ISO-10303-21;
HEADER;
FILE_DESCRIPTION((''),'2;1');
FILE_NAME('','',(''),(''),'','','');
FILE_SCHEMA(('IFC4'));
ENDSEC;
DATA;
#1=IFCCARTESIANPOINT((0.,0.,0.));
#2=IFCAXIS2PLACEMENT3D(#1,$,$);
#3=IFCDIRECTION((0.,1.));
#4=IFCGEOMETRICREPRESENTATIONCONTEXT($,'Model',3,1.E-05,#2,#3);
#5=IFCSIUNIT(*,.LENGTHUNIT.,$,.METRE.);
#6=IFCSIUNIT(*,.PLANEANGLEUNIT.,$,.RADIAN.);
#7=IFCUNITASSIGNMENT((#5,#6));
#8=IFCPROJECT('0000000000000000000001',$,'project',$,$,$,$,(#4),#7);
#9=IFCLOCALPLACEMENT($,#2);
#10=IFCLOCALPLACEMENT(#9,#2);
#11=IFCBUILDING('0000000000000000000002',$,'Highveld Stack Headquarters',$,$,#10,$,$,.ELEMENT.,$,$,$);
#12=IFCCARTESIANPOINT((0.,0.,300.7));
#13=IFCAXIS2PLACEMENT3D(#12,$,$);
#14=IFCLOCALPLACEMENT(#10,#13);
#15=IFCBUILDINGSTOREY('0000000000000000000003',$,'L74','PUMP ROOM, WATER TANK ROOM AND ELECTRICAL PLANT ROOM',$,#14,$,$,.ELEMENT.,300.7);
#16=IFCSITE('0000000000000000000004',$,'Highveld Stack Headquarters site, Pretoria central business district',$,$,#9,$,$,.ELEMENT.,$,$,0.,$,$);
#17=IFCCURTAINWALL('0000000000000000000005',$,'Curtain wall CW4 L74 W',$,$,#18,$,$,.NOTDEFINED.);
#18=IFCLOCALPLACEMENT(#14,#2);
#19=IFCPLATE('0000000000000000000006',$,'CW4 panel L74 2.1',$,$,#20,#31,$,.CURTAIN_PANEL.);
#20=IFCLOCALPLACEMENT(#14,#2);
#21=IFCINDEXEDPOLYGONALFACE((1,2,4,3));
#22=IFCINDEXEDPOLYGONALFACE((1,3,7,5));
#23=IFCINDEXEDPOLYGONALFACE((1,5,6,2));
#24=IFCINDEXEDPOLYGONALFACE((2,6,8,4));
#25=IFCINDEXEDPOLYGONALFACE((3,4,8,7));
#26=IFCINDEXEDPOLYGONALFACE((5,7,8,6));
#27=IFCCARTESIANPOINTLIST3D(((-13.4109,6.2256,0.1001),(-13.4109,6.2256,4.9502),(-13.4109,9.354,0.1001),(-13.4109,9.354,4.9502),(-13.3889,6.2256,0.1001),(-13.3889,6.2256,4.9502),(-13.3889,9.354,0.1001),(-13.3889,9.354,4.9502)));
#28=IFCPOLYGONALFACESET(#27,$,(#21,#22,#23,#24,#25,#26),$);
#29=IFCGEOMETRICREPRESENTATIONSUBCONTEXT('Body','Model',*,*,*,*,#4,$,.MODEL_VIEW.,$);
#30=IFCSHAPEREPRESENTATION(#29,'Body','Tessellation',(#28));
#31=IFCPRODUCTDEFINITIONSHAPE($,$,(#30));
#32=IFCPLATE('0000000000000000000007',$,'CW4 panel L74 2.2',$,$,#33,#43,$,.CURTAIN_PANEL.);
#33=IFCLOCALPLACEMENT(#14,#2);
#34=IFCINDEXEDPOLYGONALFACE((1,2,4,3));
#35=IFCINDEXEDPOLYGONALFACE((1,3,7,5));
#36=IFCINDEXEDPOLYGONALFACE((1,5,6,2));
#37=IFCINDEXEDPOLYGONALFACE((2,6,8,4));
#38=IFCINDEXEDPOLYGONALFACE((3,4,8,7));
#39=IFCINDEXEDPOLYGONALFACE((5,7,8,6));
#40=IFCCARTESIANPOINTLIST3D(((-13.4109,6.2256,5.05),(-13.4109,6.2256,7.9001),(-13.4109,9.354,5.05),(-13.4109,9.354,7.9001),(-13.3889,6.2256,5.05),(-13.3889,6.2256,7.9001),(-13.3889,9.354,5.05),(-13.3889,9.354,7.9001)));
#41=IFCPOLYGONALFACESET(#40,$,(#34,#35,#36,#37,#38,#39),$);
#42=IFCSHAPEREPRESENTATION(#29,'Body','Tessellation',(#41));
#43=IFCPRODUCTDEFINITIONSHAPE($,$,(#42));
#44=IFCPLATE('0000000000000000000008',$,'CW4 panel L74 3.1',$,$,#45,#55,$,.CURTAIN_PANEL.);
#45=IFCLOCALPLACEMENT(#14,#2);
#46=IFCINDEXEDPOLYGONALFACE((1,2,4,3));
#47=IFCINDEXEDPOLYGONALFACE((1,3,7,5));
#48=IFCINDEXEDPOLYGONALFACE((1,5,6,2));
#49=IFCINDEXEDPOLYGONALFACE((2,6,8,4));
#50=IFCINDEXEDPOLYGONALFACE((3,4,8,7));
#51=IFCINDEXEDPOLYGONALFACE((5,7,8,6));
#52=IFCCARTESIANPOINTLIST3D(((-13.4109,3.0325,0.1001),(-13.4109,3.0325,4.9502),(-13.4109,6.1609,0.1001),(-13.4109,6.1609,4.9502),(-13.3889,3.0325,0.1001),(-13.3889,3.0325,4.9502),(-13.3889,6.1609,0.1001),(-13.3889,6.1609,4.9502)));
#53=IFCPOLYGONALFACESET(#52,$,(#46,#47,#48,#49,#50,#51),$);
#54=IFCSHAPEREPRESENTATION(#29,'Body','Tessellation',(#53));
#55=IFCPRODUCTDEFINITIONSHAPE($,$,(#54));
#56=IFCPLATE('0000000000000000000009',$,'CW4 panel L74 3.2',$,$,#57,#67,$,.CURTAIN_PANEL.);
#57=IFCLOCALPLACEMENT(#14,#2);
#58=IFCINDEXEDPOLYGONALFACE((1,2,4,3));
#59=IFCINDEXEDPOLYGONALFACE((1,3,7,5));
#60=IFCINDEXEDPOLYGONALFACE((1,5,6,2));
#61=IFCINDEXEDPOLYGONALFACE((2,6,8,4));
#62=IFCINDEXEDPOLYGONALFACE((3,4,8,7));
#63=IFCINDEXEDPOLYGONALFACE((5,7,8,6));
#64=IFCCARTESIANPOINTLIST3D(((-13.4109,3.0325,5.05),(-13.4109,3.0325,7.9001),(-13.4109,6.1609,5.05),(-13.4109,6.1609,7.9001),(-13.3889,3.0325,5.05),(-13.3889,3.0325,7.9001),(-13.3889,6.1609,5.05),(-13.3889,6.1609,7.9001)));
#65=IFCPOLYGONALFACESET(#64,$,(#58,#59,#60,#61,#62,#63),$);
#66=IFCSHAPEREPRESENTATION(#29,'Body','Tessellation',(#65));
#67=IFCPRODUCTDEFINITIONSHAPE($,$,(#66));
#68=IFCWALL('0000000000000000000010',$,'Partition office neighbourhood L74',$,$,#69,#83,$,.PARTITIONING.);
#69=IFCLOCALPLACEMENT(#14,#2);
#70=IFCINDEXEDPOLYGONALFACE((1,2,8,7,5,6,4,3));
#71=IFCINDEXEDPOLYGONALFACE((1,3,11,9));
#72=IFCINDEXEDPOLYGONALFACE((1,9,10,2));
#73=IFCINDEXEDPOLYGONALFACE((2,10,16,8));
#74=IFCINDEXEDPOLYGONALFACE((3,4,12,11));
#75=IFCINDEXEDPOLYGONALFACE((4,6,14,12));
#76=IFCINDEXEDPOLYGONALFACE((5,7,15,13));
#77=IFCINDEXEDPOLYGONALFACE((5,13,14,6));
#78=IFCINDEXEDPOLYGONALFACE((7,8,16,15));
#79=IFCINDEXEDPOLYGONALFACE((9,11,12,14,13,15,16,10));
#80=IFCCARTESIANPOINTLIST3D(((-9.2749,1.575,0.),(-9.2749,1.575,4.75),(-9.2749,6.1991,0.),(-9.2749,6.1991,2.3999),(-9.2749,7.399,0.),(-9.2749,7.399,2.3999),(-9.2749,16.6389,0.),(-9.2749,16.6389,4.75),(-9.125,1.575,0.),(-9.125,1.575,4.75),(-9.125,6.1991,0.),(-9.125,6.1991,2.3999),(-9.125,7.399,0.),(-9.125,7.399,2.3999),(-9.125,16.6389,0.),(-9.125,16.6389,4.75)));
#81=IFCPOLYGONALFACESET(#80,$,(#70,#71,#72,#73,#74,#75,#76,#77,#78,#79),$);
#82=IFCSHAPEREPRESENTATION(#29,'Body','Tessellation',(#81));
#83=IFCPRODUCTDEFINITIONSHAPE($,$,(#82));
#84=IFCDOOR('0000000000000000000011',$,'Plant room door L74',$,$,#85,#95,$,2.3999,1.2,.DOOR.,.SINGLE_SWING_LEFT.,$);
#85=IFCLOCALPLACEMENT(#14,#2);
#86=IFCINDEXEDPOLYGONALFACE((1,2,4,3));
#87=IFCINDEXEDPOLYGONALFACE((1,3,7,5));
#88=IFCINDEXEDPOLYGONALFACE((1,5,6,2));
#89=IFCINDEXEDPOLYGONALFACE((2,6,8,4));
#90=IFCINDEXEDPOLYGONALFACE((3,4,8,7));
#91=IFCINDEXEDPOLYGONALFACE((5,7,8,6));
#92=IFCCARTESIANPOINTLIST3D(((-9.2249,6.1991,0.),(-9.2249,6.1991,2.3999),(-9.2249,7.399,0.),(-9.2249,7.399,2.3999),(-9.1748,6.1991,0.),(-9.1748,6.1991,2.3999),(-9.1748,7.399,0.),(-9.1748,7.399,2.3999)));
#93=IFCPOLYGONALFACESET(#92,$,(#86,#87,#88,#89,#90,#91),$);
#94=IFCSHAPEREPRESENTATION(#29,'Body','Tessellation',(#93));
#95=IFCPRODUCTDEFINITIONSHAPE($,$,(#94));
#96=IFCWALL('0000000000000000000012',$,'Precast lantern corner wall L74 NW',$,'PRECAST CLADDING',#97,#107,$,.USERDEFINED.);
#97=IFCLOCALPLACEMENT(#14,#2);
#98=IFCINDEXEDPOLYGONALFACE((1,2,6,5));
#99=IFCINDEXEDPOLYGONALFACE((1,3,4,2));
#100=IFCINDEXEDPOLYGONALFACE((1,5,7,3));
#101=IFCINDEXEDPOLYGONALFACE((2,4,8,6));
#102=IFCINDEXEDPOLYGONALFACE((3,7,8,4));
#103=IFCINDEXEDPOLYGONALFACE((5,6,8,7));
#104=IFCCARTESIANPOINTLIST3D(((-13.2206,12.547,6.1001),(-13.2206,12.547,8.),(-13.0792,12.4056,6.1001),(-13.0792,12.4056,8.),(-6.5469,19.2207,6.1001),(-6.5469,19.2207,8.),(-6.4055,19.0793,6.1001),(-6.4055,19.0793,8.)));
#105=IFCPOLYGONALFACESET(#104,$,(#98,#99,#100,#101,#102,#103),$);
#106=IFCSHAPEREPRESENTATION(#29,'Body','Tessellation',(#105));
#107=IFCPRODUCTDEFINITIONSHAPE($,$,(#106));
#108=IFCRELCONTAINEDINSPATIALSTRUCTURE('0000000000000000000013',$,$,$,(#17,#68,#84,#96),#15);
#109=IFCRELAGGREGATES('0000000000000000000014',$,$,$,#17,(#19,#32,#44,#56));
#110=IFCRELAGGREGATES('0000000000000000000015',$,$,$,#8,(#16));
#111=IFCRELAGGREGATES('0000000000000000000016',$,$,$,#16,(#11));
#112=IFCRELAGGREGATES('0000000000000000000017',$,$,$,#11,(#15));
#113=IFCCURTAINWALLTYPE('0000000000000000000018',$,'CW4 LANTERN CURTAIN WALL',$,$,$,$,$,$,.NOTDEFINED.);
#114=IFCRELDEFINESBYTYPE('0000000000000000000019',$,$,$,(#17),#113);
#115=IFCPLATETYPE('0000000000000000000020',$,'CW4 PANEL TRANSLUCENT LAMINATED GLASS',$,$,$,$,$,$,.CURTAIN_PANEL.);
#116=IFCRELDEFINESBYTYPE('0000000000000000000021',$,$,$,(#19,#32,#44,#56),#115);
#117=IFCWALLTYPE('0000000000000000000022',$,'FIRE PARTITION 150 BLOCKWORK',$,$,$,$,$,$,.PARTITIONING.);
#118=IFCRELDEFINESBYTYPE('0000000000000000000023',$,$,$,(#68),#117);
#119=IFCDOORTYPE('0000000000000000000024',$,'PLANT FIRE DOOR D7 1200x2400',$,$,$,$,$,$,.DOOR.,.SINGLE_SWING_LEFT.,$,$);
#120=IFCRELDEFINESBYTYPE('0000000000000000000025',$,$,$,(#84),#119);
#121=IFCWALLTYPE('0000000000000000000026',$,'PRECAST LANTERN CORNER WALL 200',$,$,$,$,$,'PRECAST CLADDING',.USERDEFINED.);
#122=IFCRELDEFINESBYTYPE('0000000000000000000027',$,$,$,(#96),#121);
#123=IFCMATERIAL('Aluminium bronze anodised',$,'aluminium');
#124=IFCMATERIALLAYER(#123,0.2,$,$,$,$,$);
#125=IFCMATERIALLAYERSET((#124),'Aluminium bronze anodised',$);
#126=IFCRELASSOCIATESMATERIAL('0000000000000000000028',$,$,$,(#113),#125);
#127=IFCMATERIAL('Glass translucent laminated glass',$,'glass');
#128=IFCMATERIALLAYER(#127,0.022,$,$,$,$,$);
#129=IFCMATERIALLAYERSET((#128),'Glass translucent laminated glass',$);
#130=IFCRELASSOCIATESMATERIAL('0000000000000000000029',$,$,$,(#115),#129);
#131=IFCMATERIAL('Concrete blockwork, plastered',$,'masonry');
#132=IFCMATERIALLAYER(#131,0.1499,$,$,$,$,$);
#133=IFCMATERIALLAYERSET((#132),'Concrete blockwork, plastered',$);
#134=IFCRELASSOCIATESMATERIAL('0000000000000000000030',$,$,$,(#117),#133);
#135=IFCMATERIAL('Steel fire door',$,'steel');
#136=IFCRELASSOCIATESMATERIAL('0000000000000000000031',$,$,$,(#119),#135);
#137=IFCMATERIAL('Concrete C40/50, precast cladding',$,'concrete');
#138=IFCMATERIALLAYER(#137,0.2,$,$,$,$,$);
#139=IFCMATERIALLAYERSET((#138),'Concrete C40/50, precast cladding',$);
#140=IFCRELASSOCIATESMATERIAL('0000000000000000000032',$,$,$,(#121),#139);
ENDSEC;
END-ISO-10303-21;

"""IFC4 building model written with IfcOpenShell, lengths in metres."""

from ifc_helpers import new_model, si_unit, direction, frame, frame_2d, origin, origin_2d, place, context, subcontext, project, spatial, rectangle, extrude, material, layer, layer_set, type_object, element, fill, aggregate, save


model = new_model("IFC4")

# Units and contexts
model_context = context("Model", 3, precision=1e-05, world=origin(), true_north=direction((0.0, 1.0)))
body_context = subcontext(model_context, "Body", "Model", "MODEL_VIEW")
ifc_project = project(units=[si_unit("LENGTHUNIT", "METRE"), si_unit("PLANEANGLEUNIT", "RADIAN")], contexts=[model_context])

# Site, building, storey
site_placement = place(None, origin())
site = spatial("IfcSite", under=ifc_project, at=site_placement, Name="Highveld Stack Headquarters site, Pretoria central business district", CompositionType="ELEMENT", RefElevation=0.0)
building_placement = place(site_placement, origin())
building = spatial("IfcBuilding", under=site, at=building_placement, Name="Highveld Stack Headquarters", CompositionType="ELEMENT")
storey_placement = place(building_placement, frame((0.0, 0.0, 300.7)))
storey = spatial("IfcBuildingStorey", under=building, at=storey_placement, Name="L74", Description="PUMP ROOM, WATER TANK ROOM AND ELECTRICAL PLANT ROOM", CompositionType="ELEMENT", Elevation=300.7)

# Curtain wall
ifc_material_1 = material(Name="Aluminium bronze anodised", Category="aluminium")
ifc_layer_1 = layer(ifc_material_1, 0.2)
ifc_layer_set_1 = layer_set([ifc_layer_1], Name="Aluminium bronze anodised")
curtain_wall_type = type_object("IfcCurtainWallType", Name="CW4 LANTERN CURTAIN WALL", PredefinedType="NOTDEFINED", material=ifc_layer_set_1)
curtain_wall_1_placement = place(storey_placement, origin())
curtain_wall_1 = element("IfcCurtainWall", 1, at=curtain_wall_1_placement, inside=storey, type_object=curtain_wall_type, Name="Curtain wall CW4 L74 W", PredefinedType="NOTDEFINED")

# Plates
ifc_material_2 = material(Name="Glass translucent laminated glass", Category="glass")
ifc_layer_2 = layer(ifc_material_2, 0.022)
ifc_layer_set_2 = layer_set([ifc_layer_2], Name="Glass translucent laminated glass")
plate_type = type_object("IfcPlateType", Name="CW4 PANEL TRANSLUCENT LAMINATED GLASS", PredefinedType="CURTAIN_PANEL", material=ifc_layer_set_2)
plate_1_placement = place(storey_placement, frame((-13.3999, 7.7898, 0.1001), z_axis=(0.0, 0.0, 1.0), x_axis=(0.0, -1.0, 0.0)))
plate_1 = element("IfcPlate", 2, at=plate_1_placement, type_object=plate_type, Name="CW4 panel L74 2.1", PredefinedType="CURTAIN_PANEL", context=body_context, shape_type="SweptSolid", body=[
    extrude(rectangle(XDim=3.1284, YDim=0.022, at=origin_2d()), origin(), (0.0, 0.0, 1.0), 4.8501),
])
plate_2_placement = place(storey_placement, frame((-13.3999, 7.7898, 5.05), z_axis=(0.0, 0.0, 1.0), x_axis=(0.0, -1.0, 0.0)))
plate_2 = element("IfcPlate", 3, at=plate_2_placement, type_object=plate_type, Name="CW4 panel L74 2.2", PredefinedType="CURTAIN_PANEL", context=body_context, shape_type="SweptSolid", body=[
    extrude(rectangle(XDim=3.1284, YDim=0.022, at=origin_2d()), origin(), (0.0, 0.0, 1.0), 2.8501),
])
plate_3_placement = place(storey_placement, frame((-13.3999, 4.5967, 0.1001), z_axis=(0.0, 0.0, 1.0), x_axis=(0.0, -1.0, 0.0)))
plate_3 = element("IfcPlate", 4, at=plate_3_placement, type_object=plate_type, Name="CW4 panel L74 3.1", PredefinedType="CURTAIN_PANEL", context=body_context, shape_type="SweptSolid", body=[
    extrude(rectangle(XDim=3.1284, YDim=0.022, at=origin_2d()), origin(), (0.0, 0.0, 1.0), 4.8501),
])
plate_4_placement = place(storey_placement, frame((-13.3999, 4.5967, 5.05), z_axis=(0.0, 0.0, 1.0), x_axis=(0.0, -1.0, 0.0)))
plate_4 = element("IfcPlate", 5, at=plate_4_placement, type_object=plate_type, Name="CW4 panel L74 3.2", PredefinedType="CURTAIN_PANEL", context=body_context, shape_type="SweptSolid", body=[
    extrude(rectangle(XDim=3.1284, YDim=0.022, at=origin_2d()), origin(), (0.0, 0.0, 1.0), 2.8501),
])
aggregate(curtain_wall_1, [plate_1, plate_2, plate_3, plate_4])

# Wall, opening, door
ifc_material_3 = material(Name="Concrete blockwork, plastered", Category="masonry")
ifc_layer_3 = layer(ifc_material_3, 0.1499)
ifc_layer_set_3 = layer_set([ifc_layer_3], Name="Concrete blockwork, plastered")
wall_type_1 = type_object("IfcWallType", Name="FIRE PARTITION 150 BLOCKWORK", PredefinedType="PARTITIONING", material=ifc_layer_set_3)
wall_1_placement = place(storey_placement, frame((-9.2, 1.575, 0.0), z_axis=(0.0, 0.0, 1.0), x_axis=(0.0, 1.0, 0.0)))
wall_1 = element("IfcWall", 6, at=wall_1_placement, inside=storey, type_object=wall_type_1, Name="Partition office neighbourhood L74", PredefinedType="PARTITIONING", context=body_context, shape_type="SweptSolid", body=[
    extrude(rectangle(XDim=15.064, YDim=0.1499, at=frame_2d((7.532, 0.0))), origin(), (0.0, 0.0, 1.0), 4.75),
])
opening_1_placement = place(wall_1_placement, frame((4.624, 0.0, 0.0)))
opening_1 = element("IfcOpeningElement", 7, at=opening_1_placement, cuts=wall_1, PredefinedType="OPENING", context=body_context, shape_type="SweptSolid", body=[
    extrude(rectangle(XDim=1.2, YDim=2.3999, at=frame_2d((0.6001, 1.2))), frame((0.0, 0.085, 0.0), z_axis=(0.0, -1.0, 0.0), x_axis=(1.0, 0.0, 0.0)), (0.0, 0.0, 1.0), 0.1699),
])
ifc_material_4 = material(Name="Steel fire door", Category="steel")
door_type = type_object("IfcDoorType", Name="PLANT FIRE DOOR D7 1200x2400", OperationType="SINGLE_SWING_LEFT", PredefinedType="DOOR", material=ifc_material_4)
door_1_placement = place(opening_1_placement, origin())
door_1 = element("IfcDoor", 8, at=door_1_placement, inside=storey, type_object=door_type, Name="Plant room door L74", OperationType="SINGLE_SWING_LEFT", OverallHeight=2.3999, OverallWidth=1.2, PredefinedType="DOOR", context=body_context, shape_type="SweptSolid", body=[
    extrude(rectangle(XDim=1.2, YDim=2.3999, at=frame_2d((0.6001, 1.2))), frame((0.0, 0.0249, 0.0), z_axis=(0.0, -1.0, 0.0), x_axis=(1.0, 0.0, 0.0)), (0.0, 0.0, 1.0), 0.05),
])
fill(opening_1, door_1)

# Wall
ifc_material_5 = material(Name="Concrete C40/50, precast cladding", Category="concrete")
ifc_layer_4 = layer(ifc_material_5, 0.2)
ifc_layer_set_4 = layer_set([ifc_layer_4], Name="Concrete C40/50, precast cladding")
wall_type_2 = type_object("IfcWallType", Name="PRECAST LANTERN CORNER WALL 200", ElementType="PRECAST CLADDING", PredefinedType="USERDEFINED", material=ifc_layer_set_4)
wall_2_placement = place(storey_placement, frame((-13.1499, 12.4763, 6.1001), z_axis=(0.0, 0.0, 1.0), x_axis=(0.707107, 0.707107, 0.0)))
element("IfcWall", 9, at=wall_2_placement, inside=storey, type_object=wall_type_2, Name="Precast lantern corner wall L74 NW", ObjectType="PRECAST CLADDING", PredefinedType="USERDEFINED", context=body_context, shape_type="SweptSolid", body=[
    extrude(rectangle(XDim=9.438, YDim=0.2, at=frame_2d((4.719, 0.0))), origin(), (0.0, 0.0, 1.0), 1.8999),
])

save(model, "model.ifc")
